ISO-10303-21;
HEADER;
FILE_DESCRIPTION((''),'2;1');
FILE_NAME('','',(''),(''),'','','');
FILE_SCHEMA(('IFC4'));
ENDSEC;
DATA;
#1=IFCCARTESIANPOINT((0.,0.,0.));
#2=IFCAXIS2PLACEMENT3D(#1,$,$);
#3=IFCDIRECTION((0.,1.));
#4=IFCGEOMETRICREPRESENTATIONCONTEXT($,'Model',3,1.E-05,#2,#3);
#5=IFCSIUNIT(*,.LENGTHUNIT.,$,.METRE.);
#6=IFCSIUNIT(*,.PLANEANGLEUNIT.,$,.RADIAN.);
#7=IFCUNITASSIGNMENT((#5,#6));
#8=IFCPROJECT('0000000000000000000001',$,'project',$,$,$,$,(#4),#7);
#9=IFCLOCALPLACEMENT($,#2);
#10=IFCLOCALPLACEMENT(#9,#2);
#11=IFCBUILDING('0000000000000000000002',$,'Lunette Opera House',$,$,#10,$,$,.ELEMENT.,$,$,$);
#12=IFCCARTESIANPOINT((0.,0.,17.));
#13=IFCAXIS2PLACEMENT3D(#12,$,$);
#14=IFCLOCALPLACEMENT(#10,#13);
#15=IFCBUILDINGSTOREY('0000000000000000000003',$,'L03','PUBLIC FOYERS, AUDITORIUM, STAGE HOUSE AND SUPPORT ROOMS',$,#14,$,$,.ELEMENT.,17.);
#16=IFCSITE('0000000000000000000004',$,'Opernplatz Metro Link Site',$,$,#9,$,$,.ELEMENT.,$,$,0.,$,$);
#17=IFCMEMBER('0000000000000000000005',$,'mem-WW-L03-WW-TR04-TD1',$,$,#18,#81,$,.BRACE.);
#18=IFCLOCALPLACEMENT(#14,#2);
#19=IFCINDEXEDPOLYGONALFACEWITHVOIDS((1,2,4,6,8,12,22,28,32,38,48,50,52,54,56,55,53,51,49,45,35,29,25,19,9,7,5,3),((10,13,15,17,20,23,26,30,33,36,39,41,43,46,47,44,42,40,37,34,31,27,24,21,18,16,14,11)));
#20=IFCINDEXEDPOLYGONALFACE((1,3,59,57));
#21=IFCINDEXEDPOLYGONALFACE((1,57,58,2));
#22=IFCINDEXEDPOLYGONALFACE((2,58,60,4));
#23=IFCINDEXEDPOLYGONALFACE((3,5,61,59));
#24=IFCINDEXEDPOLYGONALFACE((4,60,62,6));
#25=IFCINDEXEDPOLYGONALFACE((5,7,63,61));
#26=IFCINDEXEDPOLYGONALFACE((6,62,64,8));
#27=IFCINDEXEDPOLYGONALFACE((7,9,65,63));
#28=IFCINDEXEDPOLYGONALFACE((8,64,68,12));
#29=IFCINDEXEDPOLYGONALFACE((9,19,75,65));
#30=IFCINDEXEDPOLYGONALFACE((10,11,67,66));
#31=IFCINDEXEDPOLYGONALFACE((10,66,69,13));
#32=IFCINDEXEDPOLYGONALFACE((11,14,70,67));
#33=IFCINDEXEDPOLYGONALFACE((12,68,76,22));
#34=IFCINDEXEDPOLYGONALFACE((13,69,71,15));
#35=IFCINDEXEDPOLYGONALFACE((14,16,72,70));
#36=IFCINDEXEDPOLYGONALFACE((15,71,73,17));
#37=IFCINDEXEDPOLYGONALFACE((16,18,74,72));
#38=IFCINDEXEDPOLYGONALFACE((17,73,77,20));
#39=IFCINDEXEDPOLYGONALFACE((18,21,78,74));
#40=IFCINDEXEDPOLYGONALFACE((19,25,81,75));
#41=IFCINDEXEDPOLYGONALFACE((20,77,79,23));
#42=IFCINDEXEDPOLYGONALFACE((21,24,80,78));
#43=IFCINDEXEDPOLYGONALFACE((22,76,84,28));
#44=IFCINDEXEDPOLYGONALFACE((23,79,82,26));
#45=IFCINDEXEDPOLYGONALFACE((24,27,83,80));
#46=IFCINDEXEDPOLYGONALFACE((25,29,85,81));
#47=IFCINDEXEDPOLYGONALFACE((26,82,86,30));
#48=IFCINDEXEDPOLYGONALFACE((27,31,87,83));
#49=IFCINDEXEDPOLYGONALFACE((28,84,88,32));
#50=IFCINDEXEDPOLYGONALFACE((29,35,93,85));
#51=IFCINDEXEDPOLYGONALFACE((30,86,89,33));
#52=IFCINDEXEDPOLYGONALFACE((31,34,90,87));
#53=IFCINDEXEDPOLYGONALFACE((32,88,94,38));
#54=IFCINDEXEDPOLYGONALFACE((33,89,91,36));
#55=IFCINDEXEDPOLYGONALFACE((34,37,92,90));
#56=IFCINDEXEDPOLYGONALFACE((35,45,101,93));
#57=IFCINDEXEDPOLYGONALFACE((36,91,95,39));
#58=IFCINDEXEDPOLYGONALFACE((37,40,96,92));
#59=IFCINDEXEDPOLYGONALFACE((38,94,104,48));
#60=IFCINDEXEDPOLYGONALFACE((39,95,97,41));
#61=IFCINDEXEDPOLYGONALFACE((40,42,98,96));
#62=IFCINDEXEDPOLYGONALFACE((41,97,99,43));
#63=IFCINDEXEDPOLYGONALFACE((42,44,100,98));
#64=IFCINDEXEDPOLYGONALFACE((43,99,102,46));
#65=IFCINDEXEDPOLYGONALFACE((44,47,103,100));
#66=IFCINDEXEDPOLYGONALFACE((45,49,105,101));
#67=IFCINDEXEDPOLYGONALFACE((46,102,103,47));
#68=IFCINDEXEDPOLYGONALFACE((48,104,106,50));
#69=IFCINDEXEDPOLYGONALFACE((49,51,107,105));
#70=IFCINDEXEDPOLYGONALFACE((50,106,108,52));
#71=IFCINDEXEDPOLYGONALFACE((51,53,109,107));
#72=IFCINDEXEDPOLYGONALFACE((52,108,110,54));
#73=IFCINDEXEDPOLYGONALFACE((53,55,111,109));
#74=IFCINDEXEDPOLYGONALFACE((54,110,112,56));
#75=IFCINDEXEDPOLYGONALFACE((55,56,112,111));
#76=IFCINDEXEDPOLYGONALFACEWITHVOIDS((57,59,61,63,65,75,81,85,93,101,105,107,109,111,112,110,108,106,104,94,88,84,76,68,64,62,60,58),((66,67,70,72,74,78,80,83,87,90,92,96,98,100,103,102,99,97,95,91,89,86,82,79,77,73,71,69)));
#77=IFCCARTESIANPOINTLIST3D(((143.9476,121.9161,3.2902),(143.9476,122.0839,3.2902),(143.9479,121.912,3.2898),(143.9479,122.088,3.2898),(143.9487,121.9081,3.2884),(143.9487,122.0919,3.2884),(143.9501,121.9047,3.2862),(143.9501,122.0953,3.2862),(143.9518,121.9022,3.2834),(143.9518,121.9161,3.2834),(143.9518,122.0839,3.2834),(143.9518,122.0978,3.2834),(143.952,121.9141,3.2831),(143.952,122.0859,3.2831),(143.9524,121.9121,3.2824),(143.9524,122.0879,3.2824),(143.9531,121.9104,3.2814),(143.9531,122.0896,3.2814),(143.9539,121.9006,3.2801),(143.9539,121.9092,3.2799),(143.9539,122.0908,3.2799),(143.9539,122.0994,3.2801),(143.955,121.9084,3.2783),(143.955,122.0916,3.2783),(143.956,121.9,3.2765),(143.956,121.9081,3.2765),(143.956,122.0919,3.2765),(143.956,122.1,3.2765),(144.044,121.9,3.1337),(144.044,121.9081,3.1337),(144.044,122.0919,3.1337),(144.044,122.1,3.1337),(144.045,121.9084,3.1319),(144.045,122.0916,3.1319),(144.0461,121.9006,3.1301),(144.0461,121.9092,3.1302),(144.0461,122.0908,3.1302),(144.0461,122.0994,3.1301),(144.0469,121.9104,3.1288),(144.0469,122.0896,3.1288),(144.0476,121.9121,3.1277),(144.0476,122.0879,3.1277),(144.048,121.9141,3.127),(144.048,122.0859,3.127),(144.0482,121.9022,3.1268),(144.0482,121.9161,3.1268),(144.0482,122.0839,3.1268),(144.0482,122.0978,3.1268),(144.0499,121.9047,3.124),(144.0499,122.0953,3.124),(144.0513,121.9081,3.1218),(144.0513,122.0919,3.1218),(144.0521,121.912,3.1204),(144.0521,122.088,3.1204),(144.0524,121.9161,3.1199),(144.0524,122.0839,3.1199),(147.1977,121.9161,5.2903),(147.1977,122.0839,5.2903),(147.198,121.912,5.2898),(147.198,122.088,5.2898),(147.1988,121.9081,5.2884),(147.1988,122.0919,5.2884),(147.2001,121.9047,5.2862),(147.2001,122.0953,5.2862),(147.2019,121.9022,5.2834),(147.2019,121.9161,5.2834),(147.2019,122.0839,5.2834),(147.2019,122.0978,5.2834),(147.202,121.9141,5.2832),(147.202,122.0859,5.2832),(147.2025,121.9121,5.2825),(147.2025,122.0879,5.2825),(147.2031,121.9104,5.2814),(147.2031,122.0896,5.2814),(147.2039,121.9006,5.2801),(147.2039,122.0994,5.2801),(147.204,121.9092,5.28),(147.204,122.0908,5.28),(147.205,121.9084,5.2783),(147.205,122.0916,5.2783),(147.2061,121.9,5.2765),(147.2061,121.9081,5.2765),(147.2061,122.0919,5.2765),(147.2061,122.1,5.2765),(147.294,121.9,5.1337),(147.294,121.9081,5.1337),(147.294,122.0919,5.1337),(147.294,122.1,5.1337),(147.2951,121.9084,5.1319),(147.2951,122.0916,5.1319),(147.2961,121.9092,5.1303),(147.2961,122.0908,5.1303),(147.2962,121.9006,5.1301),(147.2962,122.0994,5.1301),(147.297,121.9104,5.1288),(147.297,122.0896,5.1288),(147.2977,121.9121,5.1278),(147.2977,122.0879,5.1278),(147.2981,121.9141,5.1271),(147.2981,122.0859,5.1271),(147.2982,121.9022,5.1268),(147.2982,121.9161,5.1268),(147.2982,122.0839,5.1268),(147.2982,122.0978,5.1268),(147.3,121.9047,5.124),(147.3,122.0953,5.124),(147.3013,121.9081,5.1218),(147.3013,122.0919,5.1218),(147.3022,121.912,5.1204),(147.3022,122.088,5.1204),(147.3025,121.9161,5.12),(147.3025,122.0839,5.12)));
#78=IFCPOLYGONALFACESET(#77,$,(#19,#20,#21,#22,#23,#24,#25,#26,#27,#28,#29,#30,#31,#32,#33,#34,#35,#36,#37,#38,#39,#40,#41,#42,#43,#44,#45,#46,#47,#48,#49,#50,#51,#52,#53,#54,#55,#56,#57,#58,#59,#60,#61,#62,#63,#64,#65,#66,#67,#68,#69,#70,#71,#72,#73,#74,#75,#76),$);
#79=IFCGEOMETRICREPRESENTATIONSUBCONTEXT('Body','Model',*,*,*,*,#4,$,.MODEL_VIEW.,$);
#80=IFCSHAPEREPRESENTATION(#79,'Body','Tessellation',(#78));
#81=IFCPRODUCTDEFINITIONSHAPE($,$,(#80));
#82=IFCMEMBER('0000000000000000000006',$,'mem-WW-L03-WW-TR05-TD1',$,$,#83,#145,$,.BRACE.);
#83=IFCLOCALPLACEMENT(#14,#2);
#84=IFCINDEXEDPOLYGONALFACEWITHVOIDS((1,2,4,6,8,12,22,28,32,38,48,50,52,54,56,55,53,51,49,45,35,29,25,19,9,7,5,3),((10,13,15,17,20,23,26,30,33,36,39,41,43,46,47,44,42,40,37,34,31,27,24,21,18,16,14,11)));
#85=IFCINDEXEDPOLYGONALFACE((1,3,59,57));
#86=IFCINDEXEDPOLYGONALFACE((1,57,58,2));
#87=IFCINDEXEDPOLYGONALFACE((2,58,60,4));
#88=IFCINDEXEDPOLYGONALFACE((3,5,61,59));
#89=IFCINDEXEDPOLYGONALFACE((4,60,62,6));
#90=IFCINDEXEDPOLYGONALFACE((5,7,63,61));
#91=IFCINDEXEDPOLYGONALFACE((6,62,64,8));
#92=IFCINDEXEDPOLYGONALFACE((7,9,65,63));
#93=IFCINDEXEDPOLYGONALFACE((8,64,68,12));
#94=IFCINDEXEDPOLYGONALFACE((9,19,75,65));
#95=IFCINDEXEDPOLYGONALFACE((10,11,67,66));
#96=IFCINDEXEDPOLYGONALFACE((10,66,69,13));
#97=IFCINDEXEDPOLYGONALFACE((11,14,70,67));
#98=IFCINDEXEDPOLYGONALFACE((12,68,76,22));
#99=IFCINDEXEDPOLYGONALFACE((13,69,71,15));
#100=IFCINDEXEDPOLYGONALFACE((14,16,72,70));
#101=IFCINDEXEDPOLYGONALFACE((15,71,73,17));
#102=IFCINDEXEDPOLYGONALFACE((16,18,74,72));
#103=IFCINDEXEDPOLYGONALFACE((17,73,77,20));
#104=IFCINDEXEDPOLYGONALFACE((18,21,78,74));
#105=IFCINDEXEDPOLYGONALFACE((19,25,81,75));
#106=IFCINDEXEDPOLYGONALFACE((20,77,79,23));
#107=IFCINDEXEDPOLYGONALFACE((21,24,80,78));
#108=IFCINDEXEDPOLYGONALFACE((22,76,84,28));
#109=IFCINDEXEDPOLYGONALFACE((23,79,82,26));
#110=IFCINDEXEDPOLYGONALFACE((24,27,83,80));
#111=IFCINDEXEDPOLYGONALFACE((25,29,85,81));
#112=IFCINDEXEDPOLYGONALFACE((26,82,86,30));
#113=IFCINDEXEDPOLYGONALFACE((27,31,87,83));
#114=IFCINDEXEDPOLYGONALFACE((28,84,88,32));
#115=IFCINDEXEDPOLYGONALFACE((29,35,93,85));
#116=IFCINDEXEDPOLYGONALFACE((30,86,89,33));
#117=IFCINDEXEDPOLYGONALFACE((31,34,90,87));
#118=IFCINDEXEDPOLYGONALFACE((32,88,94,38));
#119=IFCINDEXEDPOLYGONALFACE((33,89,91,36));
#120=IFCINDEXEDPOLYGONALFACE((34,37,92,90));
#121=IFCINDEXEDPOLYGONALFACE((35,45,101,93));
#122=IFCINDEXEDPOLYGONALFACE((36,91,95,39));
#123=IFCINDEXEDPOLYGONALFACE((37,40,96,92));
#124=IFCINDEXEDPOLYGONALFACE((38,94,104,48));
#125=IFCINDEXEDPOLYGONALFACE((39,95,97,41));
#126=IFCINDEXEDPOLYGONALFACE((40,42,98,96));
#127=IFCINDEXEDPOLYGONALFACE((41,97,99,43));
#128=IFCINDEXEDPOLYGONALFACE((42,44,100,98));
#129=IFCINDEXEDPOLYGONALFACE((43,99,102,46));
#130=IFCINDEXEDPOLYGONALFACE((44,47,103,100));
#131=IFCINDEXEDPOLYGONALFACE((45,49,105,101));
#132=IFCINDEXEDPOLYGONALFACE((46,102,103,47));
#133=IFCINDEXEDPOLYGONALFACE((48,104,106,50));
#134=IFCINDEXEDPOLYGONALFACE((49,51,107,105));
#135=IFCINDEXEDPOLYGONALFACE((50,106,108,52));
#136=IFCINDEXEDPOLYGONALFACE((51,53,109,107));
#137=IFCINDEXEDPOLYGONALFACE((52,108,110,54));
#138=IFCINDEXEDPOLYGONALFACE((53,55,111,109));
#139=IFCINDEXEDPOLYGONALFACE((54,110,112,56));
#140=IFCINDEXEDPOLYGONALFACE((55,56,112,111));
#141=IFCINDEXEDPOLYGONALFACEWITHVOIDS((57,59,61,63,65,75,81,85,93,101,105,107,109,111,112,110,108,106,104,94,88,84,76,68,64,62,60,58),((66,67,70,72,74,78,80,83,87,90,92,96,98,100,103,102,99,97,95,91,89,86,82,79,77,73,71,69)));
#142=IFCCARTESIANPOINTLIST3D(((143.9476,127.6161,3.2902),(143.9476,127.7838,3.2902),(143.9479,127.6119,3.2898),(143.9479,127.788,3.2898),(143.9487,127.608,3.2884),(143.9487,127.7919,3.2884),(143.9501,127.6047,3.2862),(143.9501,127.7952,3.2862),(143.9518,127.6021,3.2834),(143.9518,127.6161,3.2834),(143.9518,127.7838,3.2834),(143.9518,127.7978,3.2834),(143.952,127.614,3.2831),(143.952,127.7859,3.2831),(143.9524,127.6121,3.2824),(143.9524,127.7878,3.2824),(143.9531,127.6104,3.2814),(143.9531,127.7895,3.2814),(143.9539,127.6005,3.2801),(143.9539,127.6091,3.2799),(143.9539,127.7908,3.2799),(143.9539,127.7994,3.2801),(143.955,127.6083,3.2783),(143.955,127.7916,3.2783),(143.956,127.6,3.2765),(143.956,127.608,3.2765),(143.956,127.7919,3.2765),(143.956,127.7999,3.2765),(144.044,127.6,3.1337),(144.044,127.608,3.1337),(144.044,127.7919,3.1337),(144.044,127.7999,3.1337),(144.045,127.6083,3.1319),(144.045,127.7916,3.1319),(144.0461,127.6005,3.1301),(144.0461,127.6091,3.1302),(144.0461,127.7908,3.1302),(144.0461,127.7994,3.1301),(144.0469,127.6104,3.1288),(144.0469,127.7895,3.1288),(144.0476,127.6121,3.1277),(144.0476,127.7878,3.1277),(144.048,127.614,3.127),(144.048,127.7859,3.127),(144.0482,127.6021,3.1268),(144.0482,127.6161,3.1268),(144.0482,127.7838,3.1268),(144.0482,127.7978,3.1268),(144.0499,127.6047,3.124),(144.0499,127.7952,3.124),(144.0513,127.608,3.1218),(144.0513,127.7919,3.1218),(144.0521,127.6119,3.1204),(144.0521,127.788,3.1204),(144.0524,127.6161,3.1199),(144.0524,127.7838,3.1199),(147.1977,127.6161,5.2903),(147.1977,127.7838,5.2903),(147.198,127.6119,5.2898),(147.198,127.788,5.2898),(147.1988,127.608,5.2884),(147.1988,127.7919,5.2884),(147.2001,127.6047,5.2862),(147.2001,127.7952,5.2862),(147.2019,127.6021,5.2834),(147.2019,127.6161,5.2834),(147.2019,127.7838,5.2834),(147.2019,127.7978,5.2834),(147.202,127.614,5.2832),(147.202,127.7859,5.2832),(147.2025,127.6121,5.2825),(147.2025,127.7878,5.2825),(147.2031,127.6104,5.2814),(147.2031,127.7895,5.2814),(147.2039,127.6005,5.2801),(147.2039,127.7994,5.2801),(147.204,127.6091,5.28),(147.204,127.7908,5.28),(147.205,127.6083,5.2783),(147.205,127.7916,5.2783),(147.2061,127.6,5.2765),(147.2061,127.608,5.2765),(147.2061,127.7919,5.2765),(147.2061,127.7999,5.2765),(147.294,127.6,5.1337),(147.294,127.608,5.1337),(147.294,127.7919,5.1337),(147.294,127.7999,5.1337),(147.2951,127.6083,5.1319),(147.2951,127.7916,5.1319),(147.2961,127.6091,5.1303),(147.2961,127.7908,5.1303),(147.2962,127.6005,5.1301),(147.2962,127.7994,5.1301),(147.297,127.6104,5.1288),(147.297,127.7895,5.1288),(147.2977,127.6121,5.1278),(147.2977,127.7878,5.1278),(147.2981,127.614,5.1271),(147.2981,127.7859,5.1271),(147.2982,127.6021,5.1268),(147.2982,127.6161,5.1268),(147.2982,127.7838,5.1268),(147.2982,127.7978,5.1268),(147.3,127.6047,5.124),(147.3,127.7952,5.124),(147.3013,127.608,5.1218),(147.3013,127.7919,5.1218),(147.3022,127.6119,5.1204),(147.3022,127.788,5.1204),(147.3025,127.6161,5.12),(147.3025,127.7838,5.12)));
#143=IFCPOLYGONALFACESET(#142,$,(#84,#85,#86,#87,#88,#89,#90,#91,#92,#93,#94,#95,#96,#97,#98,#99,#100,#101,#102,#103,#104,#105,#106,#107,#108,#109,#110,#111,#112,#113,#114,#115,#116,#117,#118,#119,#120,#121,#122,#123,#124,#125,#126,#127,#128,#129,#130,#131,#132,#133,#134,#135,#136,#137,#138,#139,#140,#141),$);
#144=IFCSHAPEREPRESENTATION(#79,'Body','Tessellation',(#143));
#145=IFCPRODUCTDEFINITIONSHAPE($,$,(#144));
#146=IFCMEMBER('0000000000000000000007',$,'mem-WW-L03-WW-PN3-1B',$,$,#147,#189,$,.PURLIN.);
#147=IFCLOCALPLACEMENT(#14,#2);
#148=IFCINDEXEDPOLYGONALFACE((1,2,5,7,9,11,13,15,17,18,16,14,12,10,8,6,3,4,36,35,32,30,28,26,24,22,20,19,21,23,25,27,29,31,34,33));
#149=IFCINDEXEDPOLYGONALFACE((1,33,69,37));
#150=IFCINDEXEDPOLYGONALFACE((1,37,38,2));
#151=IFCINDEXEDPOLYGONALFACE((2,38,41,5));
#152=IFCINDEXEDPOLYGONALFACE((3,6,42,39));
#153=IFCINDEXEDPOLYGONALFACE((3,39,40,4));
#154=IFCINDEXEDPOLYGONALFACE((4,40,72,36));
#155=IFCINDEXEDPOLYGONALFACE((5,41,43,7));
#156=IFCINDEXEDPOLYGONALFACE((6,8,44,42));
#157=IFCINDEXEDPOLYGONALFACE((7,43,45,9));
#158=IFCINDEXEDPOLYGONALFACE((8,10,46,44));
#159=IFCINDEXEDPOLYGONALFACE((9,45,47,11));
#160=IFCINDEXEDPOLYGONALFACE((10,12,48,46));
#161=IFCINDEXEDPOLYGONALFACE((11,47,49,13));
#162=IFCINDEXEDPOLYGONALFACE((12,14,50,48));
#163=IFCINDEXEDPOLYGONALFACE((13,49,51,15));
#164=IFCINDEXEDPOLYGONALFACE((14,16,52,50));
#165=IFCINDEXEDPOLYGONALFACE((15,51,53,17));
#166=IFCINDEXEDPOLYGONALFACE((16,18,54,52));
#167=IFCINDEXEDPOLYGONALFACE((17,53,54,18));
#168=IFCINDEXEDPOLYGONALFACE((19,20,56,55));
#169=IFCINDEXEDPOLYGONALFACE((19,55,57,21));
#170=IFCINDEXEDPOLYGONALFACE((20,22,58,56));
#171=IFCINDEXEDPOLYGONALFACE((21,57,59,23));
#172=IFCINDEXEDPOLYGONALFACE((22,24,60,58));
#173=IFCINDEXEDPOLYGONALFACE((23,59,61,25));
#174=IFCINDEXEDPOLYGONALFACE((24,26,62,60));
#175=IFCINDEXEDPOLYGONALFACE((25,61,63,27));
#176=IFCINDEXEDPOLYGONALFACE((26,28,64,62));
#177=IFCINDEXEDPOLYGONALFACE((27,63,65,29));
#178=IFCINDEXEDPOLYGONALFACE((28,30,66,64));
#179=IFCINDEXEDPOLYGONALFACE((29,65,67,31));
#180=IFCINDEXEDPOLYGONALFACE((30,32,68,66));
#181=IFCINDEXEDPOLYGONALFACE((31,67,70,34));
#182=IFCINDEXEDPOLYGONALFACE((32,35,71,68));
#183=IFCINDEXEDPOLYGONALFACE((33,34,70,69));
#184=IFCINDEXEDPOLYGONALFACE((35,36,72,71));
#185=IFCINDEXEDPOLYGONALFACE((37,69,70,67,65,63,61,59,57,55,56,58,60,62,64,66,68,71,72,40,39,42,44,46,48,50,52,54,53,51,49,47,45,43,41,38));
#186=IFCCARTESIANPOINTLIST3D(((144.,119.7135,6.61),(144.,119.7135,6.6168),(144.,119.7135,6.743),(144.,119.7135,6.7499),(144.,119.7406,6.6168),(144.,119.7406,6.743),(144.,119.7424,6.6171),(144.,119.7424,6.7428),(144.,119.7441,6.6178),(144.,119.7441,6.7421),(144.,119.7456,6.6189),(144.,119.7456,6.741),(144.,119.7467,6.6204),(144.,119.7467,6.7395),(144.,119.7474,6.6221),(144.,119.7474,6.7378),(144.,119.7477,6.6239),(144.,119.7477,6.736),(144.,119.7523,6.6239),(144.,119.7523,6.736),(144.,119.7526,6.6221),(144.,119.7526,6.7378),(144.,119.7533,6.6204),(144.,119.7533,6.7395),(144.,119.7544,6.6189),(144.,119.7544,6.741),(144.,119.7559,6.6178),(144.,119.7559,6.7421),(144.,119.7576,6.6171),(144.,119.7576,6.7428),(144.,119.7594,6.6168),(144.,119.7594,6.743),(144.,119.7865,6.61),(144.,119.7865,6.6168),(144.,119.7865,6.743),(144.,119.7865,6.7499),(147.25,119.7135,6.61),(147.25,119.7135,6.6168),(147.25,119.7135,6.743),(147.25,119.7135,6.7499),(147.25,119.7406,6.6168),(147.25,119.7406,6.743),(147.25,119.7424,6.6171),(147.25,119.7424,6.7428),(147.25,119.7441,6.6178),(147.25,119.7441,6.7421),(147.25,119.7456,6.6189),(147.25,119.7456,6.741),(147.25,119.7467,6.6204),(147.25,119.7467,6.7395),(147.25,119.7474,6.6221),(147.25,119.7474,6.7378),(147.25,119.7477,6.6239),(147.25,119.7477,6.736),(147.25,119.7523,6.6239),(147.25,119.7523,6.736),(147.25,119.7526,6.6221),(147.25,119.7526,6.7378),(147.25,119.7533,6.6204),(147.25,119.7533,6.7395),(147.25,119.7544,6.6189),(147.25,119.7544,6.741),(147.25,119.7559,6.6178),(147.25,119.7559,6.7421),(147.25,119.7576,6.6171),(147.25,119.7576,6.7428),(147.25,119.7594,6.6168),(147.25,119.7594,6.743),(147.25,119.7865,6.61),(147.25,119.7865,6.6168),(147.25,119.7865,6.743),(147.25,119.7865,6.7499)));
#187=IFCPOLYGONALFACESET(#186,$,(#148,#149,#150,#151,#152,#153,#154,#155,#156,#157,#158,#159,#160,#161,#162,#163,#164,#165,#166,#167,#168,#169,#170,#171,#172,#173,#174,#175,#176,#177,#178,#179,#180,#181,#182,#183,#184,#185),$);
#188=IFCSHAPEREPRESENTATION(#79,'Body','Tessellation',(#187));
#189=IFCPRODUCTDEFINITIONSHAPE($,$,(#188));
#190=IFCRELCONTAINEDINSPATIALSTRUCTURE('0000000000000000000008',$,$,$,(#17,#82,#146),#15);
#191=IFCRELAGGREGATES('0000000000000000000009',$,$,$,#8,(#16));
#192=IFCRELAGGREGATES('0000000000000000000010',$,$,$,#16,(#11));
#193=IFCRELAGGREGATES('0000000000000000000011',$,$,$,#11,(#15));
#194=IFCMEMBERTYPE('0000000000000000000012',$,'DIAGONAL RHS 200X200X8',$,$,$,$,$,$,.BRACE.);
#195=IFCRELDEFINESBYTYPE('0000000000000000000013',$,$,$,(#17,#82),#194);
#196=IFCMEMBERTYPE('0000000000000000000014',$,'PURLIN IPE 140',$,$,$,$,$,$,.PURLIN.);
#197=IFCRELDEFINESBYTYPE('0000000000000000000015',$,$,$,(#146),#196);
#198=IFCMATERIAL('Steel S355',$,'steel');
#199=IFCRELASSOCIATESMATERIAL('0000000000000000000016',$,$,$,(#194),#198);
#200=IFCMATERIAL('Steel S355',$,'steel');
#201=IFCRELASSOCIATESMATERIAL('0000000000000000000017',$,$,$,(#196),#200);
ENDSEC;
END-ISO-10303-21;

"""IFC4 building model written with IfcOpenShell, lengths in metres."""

from ifc_helpers import new_model, si_unit, direction, frame, origin, origin_2d, place, context, subcontext, project, spatial, hollow_rectangle, i_section, extrude, material, material_profile, profile_set, type_object, element, save


model = new_model("IFC4")

# Units and contexts
model_context = context("Model", 3, precision=1e-05, world=origin(), true_north=direction((0.0, 1.0)))
body_context = subcontext(model_context, "Body", "Model", "MODEL_VIEW")
ifc_project = project(units=[si_unit("LENGTHUNIT", "METRE"), si_unit("PLANEANGLEUNIT", "RADIAN")], contexts=[model_context])

# Site, building, storey
site_placement = place(None, origin())
site = spatial("IfcSite", under=ifc_project, at=site_placement, Name="Opernplatz Metro Link Site", CompositionType="ELEMENT", RefElevation=0.0)
building_placement = place(site_placement, origin())
building = spatial("IfcBuilding", under=site, at=building_placement, Name="Lunette Opera House", CompositionType="ELEMENT")
storey_placement = place(building_placement, frame((0.0, 0.0, 17.0)))
storey = spatial("IfcBuildingStorey", under=building, at=storey_placement, Name="L03", Description="PUBLIC FOYERS, AUDITORIUM, STAGE HOUSE AND SUPPORT ROOMS", CompositionType="ELEMENT", Elevation=17.0)

# Members
ifc_material_1 = material(Name="Steel S355", Category="steel")
ifc_material_profile_1 = material_profile(ifc_material_1, hollow_rectangle(XDim=0.2, YDim=0.2, WallThickness=0.0081, InnerFilletRadius=0.0081, OuterFilletRadius=0.0161, at=origin_2d()), Name="RHS 200X200X8")
ifc_profile_set_1 = profile_set([ifc_material_profile_1], Name="Steel S355")
member_type_1 = type_object("IfcMemberType", Name="DIAGONAL RHS 200X200X8", PredefinedType="BRACE", material=ifc_profile_set_1)
for number, where, z_axis, x_axis, name in (
    (1, (144.0, 122.0, 3.2051), (0.851658, 0.0, 0.524097), (0.0, 1.0, 0.0), "mem-WW-L03-WW-TR04-TD1"),
    (2, (144.0, 127.7, 3.2051), (0.851658, 0.0, 0.524097), (0.0, 1.0, 0.0), "mem-WW-L03-WW-TR05-TD1"),
):
    element("IfcMember", number, at=place(storey_placement, frame(where, z_axis=z_axis, x_axis=x_axis)), inside=storey, type_object=member_type_1, Name=name, PredefinedType="BRACE", context=body_context, shape_type="SweptSolid", body=[
        extrude(hollow_rectangle(XDim=0.2, YDim=0.2, WallThickness=0.0081, InnerFilletRadius=0.0081, OuterFilletRadius=0.0161, at=origin_2d()), origin(), (0.0, 0.0, 1.0), 3.8162),
    ])
ifc_material_2 = material(Name="Steel S355", Category="steel")
ifc_material_profile_2 = material_profile(ifc_material_2, i_section(OverallWidth=0.073, OverallDepth=0.1399, WebThickness=0.0046, FlangeThickness=0.0068, FilletRadius=0.0071, at=origin_2d()), Name="IPE 140")
ifc_profile_set_2 = profile_set([ifc_material_profile_2], Name="Steel S355")
member_type_2 = type_object("IfcMemberType", Name="PURLIN IPE 140", PredefinedType="PURLIN", material=ifc_profile_set_2)
for number, where, z_axis, x_axis, name in (
    (3, (144.0, 119.75, 6.6799), (1.0, 0.0, 0.0), (0.0, 1.0, 0.0), "mem-WW-L03-WW-PN3-1B"),
):
    element("IfcMember", number, at=place(storey_placement, frame(where, z_axis=z_axis, x_axis=x_axis)), inside=storey, type_object=member_type_2, Name=name, PredefinedType="PURLIN", context=body_context, shape_type="SweptSolid", body=[
        extrude(i_section(OverallWidth=0.073, OverallDepth=0.1399, WebThickness=0.0046, FlangeThickness=0.0068, FilletRadius=0.0071, at=origin_2d()), origin(), (0.0, 0.0, 1.0), 3.25),
    ])

save(model, "model.ifc")
